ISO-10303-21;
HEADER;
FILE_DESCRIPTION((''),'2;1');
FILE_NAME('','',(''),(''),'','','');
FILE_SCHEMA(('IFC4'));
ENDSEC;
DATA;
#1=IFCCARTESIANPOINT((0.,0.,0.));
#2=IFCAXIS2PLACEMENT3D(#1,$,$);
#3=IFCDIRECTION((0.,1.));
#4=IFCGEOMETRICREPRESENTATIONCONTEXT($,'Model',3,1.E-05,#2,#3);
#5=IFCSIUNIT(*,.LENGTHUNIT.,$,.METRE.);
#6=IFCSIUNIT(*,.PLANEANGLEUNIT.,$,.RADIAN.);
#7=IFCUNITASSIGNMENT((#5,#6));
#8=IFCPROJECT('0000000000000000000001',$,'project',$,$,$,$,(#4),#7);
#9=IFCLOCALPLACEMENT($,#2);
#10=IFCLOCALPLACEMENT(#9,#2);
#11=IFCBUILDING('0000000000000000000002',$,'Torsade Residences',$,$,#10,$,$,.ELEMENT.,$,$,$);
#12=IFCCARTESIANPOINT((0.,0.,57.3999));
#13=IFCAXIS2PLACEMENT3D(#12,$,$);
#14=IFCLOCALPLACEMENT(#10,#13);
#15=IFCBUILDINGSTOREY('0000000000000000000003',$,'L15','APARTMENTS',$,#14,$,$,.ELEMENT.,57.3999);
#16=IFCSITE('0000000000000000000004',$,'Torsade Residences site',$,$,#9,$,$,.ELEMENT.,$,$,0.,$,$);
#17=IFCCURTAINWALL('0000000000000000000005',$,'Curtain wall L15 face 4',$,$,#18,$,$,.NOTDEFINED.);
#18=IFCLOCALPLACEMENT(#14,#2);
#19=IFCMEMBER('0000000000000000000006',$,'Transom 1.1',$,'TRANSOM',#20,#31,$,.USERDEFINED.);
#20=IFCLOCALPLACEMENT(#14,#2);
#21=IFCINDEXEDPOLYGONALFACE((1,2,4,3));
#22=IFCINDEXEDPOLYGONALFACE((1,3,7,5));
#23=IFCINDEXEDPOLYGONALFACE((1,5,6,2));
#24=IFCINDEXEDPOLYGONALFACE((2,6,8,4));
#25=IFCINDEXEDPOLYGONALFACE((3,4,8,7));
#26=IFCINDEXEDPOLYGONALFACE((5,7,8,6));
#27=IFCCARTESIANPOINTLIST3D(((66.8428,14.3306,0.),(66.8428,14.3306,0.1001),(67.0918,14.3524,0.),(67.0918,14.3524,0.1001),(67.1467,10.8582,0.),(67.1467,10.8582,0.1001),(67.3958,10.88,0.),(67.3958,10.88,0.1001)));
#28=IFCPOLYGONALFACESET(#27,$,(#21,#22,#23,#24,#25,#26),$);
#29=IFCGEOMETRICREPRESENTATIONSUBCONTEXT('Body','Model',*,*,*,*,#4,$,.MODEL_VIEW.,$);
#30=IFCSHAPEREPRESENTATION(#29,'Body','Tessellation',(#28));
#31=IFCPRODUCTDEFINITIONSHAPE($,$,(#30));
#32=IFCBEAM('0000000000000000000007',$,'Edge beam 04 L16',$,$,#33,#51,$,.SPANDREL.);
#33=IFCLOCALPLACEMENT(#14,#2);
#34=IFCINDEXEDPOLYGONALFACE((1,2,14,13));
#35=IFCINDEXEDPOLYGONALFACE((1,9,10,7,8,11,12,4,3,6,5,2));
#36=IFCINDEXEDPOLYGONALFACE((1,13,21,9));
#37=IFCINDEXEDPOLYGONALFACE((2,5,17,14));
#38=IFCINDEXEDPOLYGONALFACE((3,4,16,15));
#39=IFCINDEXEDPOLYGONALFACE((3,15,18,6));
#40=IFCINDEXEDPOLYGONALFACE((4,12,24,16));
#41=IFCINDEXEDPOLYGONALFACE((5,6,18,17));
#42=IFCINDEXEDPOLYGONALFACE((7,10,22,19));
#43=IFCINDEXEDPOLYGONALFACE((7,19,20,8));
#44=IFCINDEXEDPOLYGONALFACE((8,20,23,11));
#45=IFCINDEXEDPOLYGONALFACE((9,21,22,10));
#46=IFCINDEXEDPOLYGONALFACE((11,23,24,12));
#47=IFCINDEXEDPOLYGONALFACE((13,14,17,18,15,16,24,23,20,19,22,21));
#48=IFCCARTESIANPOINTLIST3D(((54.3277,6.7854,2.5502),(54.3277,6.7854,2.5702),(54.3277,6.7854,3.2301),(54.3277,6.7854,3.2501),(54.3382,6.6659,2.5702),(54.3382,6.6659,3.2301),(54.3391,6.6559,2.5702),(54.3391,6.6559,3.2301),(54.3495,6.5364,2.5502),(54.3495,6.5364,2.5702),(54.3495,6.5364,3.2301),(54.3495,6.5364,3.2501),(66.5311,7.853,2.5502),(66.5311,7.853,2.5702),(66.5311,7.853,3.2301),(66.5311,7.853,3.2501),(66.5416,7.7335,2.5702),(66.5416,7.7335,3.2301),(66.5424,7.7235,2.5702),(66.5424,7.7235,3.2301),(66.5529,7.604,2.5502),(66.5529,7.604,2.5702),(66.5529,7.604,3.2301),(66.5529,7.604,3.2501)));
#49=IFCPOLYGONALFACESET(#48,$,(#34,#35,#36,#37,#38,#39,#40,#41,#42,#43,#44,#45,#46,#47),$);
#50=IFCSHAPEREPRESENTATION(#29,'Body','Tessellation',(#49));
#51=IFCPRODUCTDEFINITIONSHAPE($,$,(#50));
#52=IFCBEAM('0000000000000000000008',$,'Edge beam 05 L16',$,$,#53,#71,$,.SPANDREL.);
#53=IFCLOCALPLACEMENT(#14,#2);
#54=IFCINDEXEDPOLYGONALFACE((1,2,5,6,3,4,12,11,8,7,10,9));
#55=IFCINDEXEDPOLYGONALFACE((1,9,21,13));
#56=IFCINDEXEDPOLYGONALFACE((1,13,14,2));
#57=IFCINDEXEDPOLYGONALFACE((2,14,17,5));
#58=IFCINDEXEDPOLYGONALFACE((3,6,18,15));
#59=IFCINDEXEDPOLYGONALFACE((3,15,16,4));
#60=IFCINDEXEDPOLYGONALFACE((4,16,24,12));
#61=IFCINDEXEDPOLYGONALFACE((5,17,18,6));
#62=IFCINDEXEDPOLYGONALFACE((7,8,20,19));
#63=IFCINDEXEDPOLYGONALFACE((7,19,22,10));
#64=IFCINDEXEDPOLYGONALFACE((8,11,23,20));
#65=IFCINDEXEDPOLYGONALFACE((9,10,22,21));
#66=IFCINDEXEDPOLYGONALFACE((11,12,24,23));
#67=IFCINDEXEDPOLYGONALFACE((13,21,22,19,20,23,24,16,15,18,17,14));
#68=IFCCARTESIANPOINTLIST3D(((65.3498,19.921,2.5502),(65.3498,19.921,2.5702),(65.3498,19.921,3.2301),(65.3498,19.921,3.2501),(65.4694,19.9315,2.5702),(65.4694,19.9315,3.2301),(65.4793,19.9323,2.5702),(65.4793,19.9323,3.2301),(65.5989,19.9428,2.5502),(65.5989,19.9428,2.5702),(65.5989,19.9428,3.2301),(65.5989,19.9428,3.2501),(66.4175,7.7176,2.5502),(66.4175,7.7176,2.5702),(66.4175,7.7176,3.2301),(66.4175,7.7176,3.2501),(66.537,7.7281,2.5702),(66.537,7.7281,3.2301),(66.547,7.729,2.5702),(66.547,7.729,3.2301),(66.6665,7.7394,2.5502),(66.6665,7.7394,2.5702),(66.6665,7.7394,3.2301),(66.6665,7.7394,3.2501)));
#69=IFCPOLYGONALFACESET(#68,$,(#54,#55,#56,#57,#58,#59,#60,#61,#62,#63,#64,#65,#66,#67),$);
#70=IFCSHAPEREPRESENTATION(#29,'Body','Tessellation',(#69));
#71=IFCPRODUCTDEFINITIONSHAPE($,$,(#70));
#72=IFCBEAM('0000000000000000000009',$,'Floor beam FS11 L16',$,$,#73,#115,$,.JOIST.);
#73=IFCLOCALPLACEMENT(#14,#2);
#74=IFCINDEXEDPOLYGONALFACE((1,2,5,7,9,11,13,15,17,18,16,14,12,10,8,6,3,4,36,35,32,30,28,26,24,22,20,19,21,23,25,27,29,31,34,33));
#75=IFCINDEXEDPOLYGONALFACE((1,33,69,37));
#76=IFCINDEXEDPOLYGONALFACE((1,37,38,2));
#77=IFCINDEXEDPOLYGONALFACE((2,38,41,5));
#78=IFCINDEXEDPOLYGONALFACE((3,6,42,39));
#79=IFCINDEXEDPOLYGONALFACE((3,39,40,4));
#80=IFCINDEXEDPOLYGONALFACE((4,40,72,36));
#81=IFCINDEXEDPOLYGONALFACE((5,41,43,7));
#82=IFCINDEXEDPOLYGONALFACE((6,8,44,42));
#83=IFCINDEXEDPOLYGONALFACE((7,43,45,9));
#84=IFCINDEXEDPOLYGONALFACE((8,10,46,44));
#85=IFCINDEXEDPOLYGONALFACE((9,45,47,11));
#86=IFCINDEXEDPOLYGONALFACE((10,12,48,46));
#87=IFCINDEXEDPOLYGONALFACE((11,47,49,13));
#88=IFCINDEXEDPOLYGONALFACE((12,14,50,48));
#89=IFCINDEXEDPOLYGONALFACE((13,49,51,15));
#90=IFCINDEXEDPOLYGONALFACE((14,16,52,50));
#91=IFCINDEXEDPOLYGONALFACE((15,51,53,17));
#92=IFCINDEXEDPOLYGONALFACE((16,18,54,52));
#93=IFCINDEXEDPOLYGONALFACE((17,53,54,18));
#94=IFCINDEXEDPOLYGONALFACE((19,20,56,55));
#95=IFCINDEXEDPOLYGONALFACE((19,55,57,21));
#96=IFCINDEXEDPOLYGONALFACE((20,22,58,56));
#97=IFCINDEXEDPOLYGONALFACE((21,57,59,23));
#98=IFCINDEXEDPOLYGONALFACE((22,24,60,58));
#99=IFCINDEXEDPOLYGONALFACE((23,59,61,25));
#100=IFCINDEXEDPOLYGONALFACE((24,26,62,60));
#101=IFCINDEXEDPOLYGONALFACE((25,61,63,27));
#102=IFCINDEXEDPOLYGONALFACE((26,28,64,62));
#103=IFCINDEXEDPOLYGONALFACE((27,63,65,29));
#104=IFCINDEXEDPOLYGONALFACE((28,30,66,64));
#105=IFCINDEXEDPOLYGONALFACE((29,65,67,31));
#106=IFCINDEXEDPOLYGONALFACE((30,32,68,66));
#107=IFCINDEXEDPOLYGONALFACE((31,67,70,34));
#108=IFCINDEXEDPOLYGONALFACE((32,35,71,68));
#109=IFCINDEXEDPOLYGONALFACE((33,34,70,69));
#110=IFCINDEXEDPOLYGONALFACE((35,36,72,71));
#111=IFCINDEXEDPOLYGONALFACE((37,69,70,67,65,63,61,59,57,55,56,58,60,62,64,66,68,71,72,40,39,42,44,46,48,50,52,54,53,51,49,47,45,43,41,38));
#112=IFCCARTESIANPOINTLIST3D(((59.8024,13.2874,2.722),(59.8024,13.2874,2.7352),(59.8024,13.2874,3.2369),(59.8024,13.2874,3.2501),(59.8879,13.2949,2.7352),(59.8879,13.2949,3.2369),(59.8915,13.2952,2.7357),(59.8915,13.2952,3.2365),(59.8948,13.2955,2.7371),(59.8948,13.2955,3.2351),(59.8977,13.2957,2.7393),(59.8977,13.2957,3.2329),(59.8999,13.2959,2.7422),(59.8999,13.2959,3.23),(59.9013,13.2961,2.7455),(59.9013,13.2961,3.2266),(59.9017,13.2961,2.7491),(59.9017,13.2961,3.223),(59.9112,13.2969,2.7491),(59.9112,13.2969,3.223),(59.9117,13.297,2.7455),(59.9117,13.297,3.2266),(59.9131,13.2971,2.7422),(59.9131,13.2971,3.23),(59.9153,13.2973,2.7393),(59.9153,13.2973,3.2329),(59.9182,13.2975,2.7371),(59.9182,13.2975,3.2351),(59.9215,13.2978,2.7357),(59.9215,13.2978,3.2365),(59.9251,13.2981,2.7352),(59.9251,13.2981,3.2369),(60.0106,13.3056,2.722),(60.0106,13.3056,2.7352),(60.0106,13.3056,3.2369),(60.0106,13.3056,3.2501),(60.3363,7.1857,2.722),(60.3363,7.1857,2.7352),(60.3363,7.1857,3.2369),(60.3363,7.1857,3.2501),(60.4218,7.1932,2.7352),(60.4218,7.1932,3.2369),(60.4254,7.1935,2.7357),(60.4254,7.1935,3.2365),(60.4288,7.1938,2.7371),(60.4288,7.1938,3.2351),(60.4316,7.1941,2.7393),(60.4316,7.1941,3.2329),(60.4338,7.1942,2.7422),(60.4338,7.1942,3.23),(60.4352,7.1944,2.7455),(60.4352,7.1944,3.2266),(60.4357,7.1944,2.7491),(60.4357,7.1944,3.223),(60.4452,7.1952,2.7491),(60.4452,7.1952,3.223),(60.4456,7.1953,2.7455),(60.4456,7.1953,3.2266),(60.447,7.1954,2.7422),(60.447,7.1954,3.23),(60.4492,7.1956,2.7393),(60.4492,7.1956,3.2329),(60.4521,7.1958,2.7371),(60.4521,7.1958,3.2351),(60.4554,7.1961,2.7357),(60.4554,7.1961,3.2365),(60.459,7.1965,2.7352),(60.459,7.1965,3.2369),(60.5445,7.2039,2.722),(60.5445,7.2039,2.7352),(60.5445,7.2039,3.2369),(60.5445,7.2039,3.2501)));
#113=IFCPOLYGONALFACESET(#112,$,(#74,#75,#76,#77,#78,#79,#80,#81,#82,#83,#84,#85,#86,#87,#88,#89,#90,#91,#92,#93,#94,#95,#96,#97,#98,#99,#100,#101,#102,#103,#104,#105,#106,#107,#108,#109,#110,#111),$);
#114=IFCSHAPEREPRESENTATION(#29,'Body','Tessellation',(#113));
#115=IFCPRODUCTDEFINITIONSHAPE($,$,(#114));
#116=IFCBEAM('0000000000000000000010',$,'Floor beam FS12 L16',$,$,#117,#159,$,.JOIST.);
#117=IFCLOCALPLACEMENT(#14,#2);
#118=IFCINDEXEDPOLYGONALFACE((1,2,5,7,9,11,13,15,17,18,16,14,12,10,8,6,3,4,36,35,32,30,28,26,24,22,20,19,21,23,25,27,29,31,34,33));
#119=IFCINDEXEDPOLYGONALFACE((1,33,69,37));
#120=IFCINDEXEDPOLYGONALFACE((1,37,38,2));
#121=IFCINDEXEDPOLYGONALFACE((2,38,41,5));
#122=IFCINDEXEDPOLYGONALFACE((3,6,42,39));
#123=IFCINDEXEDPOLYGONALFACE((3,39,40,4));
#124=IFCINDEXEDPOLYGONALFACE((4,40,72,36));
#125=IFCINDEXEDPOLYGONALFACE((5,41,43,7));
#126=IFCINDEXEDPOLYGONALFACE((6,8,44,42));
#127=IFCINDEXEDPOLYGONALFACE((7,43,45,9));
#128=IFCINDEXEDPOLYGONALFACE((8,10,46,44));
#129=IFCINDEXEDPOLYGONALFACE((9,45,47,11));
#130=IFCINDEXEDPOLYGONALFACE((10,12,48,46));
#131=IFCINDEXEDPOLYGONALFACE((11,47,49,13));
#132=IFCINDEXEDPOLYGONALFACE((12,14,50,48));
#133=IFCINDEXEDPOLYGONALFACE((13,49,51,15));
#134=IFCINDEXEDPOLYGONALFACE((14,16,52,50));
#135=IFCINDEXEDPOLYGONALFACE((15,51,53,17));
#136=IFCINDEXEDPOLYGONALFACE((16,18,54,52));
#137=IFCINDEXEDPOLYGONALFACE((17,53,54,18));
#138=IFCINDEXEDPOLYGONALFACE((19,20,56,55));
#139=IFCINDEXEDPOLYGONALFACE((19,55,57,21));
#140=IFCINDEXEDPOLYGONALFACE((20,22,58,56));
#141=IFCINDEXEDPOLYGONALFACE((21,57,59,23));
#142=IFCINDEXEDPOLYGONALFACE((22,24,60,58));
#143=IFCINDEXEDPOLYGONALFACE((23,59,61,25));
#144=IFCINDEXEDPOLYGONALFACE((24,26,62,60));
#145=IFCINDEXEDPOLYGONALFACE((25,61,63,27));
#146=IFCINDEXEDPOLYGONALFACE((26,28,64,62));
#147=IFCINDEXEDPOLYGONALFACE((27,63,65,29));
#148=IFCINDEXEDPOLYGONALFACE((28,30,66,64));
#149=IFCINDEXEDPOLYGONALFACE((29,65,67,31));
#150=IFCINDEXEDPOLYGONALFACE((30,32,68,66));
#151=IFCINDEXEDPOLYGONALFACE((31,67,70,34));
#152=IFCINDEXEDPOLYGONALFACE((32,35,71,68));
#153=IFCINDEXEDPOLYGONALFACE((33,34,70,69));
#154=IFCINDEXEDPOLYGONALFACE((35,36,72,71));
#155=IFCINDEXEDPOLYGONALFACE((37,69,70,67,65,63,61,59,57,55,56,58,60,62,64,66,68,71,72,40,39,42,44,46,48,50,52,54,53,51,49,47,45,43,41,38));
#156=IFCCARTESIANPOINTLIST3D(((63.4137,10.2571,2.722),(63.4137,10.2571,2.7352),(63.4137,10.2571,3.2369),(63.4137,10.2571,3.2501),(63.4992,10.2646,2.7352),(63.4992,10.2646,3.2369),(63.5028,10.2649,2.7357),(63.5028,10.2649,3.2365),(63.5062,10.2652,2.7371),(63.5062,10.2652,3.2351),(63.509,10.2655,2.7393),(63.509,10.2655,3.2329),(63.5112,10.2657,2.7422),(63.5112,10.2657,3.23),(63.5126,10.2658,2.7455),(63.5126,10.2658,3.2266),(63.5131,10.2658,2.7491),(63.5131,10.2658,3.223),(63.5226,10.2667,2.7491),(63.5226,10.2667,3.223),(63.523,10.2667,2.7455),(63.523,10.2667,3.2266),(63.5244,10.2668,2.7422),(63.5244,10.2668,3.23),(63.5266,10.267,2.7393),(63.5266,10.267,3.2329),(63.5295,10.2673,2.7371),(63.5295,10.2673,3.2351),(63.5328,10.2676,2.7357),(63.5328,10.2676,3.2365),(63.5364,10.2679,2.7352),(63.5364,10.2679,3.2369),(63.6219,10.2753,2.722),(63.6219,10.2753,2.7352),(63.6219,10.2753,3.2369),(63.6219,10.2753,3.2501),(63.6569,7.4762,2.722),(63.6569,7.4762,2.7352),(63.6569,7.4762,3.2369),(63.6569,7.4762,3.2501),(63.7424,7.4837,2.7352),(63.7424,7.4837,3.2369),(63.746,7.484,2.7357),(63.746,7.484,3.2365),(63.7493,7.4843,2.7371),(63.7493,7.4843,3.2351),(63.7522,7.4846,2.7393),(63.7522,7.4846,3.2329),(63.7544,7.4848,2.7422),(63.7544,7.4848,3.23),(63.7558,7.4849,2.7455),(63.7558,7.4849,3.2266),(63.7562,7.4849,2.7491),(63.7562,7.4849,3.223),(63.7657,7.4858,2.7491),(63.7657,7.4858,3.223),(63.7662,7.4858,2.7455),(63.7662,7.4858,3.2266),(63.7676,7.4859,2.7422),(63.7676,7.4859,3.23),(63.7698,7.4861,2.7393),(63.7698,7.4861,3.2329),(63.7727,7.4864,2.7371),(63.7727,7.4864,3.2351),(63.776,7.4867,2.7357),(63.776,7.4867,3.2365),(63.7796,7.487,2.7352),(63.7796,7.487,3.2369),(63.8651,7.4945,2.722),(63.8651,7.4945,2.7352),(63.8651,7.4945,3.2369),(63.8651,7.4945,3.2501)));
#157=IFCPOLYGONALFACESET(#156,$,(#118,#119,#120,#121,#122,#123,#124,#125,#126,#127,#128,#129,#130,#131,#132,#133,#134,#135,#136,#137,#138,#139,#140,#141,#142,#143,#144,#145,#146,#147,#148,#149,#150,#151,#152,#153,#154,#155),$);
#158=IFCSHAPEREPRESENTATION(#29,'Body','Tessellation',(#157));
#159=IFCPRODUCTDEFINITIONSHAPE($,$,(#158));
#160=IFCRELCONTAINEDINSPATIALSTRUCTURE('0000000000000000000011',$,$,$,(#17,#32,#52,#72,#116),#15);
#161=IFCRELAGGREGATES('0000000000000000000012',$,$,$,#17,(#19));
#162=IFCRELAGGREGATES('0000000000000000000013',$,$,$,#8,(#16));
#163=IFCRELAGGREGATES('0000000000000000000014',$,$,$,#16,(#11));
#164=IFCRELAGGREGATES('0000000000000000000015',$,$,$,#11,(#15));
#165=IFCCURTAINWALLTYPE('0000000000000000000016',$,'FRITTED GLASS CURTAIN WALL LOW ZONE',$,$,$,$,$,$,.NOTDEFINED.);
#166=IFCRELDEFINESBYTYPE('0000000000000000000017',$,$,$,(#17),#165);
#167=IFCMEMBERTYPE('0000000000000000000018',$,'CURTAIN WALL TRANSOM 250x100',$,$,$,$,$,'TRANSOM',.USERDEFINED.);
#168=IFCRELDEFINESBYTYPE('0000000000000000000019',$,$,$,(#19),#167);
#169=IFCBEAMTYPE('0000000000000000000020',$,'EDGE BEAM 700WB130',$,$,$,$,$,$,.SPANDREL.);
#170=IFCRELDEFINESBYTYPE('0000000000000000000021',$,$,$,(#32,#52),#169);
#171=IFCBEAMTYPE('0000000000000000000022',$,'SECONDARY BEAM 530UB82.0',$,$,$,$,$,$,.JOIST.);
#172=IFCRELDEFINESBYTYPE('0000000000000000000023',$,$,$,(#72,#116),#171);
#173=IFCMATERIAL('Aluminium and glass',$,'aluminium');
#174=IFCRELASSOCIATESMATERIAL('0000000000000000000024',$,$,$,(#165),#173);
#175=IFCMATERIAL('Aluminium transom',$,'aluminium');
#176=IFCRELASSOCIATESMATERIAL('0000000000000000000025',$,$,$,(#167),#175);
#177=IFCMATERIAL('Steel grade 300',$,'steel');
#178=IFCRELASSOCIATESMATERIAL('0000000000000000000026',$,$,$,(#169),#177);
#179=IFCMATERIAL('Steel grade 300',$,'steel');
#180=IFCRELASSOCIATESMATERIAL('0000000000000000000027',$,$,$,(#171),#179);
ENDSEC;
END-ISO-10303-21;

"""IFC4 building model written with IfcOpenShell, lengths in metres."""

from ifc_helpers import new_model, si_unit, direction, frame, origin, origin_2d, place, context, subcontext, project, spatial, rectangle, i_section, extrude, material, material_profile, profile_set, type_object, element, aggregate, save


model = new_model("IFC4")

# Units and contexts
model_context = context("Model", 3, precision=1e-05, world=origin(), true_north=direction((0.0, 1.0)))
body_context = subcontext(model_context, "Body", "Model", "MODEL_VIEW")
ifc_project = project(units=[si_unit("LENGTHUNIT", "METRE"), si_unit("PLANEANGLEUNIT", "RADIAN")], contexts=[model_context])

# Site, building, storey
site_placement = place(None, origin())
site = spatial("IfcSite", under=ifc_project, at=site_placement, Name="Torsade Residences site", CompositionType="ELEMENT", RefElevation=0.0)
building_placement = place(site_placement, origin())
building = spatial("IfcBuilding", under=site, at=building_placement, Name="Torsade Residences", CompositionType="ELEMENT")
storey_placement = place(building_placement, frame((0.0, 0.0, 57.3999)))
storey = spatial("IfcBuildingStorey", under=building, at=storey_placement, Name="L15", Description="APARTMENTS", CompositionType="ELEMENT", Elevation=57.3999)

# Shared definitions
ifc_material_1 = material(Name="Aluminium and glass", Category="aluminium")
curtain_wall_type = type_object("IfcCurtainWallType", Name="FRITTED GLASS CURTAIN WALL LOW ZONE", PredefinedType="NOTDEFINED", material=ifc_material_1)

# Curtain wall
curtain_wall_1_placement = place(storey_placement, origin())
curtain_wall_1 = element("IfcCurtainWall", 1, at=curtain_wall_1_placement, inside=storey, type_object=curtain_wall_type, Name="Curtain wall L15 face 4", PredefinedType="NOTDEFINED")

# Member
ifc_material_2 = material(Name="Aluminium transom", Category="aluminium")
ifc_material_profile_1 = material_profile(ifc_material_2, rectangle(XDim=0.25, YDim=0.1001, at=origin_2d()), Name="CURTAIN WALL TRANSOM 250x100")
ifc_profile_set_1 = profile_set([ifc_material_profile_1], Name="Aluminium transom")
member_type_1 = type_object("IfcMemberType", Name="CURTAIN WALL TRANSOM 250x100", ElementType="TRANSOM", PredefinedType="USERDEFINED", material=ifc_profile_set_1)
member_1_placement = place(storey_placement, frame((67.2712, 10.8691, 0.05), z_axis=(-0.087201, 0.996191, 0.0), x_axis=(-0.996191, -0.087201, 0.0)))
member_1 = element("IfcMember", 2, at=member_1_placement, type_object=member_type_1, Name="Transom 1.1", ObjectType="TRANSOM", PredefinedType="USERDEFINED", context=body_context, shape_type="SweptSolid", body=[
    extrude(rectangle(XDim=0.25, YDim=0.1001, at=origin_2d()), origin(), (0.0, 0.0, 1.0), 3.4856),
])

# Beams
ifc_material_3 = material(Name="Steel grade 300", Category="steel")
ifc_material_profile_2 = material_profile(ifc_material_3, i_section(OverallWidth=0.25, OverallDepth=0.7, WebThickness=0.01, FlangeThickness=0.02, at=origin_2d()), Name="700WB130")
ifc_profile_set_2 = profile_set([ifc_material_profile_2], Name="Steel grade 300")
beam_type_1 = type_object("IfcBeamType", Name="EDGE BEAM 700WB130", PredefinedType="SPANDREL", material=ifc_profile_set_2)
for number, where, z_axis, x_axis, name in (
    (3, (54.3386, 6.6609, 2.9001), (0.996195, 0.087153, 0.0), (-0.087153, 0.996195, 0.0), "Edge beam 04 L16"),
    (4, (66.542, 7.7285, 2.9001), (-0.087153, 0.996195, 0.0), (-0.996195, -0.087153, 0.0), "Edge beam 05 L16"),
):
    element("IfcBeam", number, at=place(storey_placement, frame(where, z_axis=z_axis, x_axis=x_axis)), inside=storey, type_object=beam_type_1, Name=name, PredefinedType="SPANDREL", context=body_context, shape_type="SweptSolid", body=[
        extrude(i_section(OverallWidth=0.25, OverallDepth=0.7, WebThickness=0.01, FlangeThickness=0.02, at=origin_2d()), origin(), (0.0, 0.0, 1.0), 12.25),
    ])
ifc_material_4 = material(Name="Steel grade 300", Category="steel")
ifc_material_profile_3 = material_profile(ifc_material_4, i_section(OverallWidth=0.209, OverallDepth=0.5281, WebThickness=0.0095, FlangeThickness=0.0132, FilletRadius=0.0139, at=origin_2d()), Name="530UB82.0")
ifc_profile_set_3 = profile_set([ifc_material_profile_3], Name="Steel grade 300")
beam_type_2 = type_object("IfcBeamType", Name="SECONDARY BEAM 530UB82.0", PredefinedType="JOIST", material=ifc_profile_set_3)
beam_1_placement = place(storey_placement, frame((60.4404, 7.1948, 2.9861), z_axis=(-0.087175, 0.996193, 0.0), x_axis=(-0.996193, -0.087175, 0.0)))
element("IfcBeam", 5, at=beam_1_placement, inside=storey, type_object=beam_type_2, Name="Floor beam FS11 L16", PredefinedType="JOIST", context=body_context, shape_type="SweptSolid", body=[
    extrude(i_section(OverallWidth=0.209, OverallDepth=0.5281, WebThickness=0.0095, FlangeThickness=0.0132, FilletRadius=0.0139, at=origin_2d()), origin(), (0.0, 0.0, 1.0), 6.125),
])
for number, where, z_axis, x_axis, name in (
    (6, (63.761, 7.4854, 2.9861), (-0.087105, 0.996199, 0.0), (-0.996199, -0.087105, 0.0), "Floor beam FS12 L16"),
):
    element("IfcBeam", number, at=place(storey_placement, frame(where, z_axis=z_axis, x_axis=x_axis)), inside=storey, type_object=beam_type_2, Name=name, PredefinedType="JOIST", context=body_context, shape_type="SweptSolid", body=[
        extrude(i_section(OverallWidth=0.209, OverallDepth=0.5281, WebThickness=0.0095, FlangeThickness=0.0132, FilletRadius=0.0139, at=origin_2d()), origin(), (0.0, 0.0, 1.0), 2.7915),
    ])

aggregate(curtain_wall_1, [member_1])

save(model, "model.ifc")
